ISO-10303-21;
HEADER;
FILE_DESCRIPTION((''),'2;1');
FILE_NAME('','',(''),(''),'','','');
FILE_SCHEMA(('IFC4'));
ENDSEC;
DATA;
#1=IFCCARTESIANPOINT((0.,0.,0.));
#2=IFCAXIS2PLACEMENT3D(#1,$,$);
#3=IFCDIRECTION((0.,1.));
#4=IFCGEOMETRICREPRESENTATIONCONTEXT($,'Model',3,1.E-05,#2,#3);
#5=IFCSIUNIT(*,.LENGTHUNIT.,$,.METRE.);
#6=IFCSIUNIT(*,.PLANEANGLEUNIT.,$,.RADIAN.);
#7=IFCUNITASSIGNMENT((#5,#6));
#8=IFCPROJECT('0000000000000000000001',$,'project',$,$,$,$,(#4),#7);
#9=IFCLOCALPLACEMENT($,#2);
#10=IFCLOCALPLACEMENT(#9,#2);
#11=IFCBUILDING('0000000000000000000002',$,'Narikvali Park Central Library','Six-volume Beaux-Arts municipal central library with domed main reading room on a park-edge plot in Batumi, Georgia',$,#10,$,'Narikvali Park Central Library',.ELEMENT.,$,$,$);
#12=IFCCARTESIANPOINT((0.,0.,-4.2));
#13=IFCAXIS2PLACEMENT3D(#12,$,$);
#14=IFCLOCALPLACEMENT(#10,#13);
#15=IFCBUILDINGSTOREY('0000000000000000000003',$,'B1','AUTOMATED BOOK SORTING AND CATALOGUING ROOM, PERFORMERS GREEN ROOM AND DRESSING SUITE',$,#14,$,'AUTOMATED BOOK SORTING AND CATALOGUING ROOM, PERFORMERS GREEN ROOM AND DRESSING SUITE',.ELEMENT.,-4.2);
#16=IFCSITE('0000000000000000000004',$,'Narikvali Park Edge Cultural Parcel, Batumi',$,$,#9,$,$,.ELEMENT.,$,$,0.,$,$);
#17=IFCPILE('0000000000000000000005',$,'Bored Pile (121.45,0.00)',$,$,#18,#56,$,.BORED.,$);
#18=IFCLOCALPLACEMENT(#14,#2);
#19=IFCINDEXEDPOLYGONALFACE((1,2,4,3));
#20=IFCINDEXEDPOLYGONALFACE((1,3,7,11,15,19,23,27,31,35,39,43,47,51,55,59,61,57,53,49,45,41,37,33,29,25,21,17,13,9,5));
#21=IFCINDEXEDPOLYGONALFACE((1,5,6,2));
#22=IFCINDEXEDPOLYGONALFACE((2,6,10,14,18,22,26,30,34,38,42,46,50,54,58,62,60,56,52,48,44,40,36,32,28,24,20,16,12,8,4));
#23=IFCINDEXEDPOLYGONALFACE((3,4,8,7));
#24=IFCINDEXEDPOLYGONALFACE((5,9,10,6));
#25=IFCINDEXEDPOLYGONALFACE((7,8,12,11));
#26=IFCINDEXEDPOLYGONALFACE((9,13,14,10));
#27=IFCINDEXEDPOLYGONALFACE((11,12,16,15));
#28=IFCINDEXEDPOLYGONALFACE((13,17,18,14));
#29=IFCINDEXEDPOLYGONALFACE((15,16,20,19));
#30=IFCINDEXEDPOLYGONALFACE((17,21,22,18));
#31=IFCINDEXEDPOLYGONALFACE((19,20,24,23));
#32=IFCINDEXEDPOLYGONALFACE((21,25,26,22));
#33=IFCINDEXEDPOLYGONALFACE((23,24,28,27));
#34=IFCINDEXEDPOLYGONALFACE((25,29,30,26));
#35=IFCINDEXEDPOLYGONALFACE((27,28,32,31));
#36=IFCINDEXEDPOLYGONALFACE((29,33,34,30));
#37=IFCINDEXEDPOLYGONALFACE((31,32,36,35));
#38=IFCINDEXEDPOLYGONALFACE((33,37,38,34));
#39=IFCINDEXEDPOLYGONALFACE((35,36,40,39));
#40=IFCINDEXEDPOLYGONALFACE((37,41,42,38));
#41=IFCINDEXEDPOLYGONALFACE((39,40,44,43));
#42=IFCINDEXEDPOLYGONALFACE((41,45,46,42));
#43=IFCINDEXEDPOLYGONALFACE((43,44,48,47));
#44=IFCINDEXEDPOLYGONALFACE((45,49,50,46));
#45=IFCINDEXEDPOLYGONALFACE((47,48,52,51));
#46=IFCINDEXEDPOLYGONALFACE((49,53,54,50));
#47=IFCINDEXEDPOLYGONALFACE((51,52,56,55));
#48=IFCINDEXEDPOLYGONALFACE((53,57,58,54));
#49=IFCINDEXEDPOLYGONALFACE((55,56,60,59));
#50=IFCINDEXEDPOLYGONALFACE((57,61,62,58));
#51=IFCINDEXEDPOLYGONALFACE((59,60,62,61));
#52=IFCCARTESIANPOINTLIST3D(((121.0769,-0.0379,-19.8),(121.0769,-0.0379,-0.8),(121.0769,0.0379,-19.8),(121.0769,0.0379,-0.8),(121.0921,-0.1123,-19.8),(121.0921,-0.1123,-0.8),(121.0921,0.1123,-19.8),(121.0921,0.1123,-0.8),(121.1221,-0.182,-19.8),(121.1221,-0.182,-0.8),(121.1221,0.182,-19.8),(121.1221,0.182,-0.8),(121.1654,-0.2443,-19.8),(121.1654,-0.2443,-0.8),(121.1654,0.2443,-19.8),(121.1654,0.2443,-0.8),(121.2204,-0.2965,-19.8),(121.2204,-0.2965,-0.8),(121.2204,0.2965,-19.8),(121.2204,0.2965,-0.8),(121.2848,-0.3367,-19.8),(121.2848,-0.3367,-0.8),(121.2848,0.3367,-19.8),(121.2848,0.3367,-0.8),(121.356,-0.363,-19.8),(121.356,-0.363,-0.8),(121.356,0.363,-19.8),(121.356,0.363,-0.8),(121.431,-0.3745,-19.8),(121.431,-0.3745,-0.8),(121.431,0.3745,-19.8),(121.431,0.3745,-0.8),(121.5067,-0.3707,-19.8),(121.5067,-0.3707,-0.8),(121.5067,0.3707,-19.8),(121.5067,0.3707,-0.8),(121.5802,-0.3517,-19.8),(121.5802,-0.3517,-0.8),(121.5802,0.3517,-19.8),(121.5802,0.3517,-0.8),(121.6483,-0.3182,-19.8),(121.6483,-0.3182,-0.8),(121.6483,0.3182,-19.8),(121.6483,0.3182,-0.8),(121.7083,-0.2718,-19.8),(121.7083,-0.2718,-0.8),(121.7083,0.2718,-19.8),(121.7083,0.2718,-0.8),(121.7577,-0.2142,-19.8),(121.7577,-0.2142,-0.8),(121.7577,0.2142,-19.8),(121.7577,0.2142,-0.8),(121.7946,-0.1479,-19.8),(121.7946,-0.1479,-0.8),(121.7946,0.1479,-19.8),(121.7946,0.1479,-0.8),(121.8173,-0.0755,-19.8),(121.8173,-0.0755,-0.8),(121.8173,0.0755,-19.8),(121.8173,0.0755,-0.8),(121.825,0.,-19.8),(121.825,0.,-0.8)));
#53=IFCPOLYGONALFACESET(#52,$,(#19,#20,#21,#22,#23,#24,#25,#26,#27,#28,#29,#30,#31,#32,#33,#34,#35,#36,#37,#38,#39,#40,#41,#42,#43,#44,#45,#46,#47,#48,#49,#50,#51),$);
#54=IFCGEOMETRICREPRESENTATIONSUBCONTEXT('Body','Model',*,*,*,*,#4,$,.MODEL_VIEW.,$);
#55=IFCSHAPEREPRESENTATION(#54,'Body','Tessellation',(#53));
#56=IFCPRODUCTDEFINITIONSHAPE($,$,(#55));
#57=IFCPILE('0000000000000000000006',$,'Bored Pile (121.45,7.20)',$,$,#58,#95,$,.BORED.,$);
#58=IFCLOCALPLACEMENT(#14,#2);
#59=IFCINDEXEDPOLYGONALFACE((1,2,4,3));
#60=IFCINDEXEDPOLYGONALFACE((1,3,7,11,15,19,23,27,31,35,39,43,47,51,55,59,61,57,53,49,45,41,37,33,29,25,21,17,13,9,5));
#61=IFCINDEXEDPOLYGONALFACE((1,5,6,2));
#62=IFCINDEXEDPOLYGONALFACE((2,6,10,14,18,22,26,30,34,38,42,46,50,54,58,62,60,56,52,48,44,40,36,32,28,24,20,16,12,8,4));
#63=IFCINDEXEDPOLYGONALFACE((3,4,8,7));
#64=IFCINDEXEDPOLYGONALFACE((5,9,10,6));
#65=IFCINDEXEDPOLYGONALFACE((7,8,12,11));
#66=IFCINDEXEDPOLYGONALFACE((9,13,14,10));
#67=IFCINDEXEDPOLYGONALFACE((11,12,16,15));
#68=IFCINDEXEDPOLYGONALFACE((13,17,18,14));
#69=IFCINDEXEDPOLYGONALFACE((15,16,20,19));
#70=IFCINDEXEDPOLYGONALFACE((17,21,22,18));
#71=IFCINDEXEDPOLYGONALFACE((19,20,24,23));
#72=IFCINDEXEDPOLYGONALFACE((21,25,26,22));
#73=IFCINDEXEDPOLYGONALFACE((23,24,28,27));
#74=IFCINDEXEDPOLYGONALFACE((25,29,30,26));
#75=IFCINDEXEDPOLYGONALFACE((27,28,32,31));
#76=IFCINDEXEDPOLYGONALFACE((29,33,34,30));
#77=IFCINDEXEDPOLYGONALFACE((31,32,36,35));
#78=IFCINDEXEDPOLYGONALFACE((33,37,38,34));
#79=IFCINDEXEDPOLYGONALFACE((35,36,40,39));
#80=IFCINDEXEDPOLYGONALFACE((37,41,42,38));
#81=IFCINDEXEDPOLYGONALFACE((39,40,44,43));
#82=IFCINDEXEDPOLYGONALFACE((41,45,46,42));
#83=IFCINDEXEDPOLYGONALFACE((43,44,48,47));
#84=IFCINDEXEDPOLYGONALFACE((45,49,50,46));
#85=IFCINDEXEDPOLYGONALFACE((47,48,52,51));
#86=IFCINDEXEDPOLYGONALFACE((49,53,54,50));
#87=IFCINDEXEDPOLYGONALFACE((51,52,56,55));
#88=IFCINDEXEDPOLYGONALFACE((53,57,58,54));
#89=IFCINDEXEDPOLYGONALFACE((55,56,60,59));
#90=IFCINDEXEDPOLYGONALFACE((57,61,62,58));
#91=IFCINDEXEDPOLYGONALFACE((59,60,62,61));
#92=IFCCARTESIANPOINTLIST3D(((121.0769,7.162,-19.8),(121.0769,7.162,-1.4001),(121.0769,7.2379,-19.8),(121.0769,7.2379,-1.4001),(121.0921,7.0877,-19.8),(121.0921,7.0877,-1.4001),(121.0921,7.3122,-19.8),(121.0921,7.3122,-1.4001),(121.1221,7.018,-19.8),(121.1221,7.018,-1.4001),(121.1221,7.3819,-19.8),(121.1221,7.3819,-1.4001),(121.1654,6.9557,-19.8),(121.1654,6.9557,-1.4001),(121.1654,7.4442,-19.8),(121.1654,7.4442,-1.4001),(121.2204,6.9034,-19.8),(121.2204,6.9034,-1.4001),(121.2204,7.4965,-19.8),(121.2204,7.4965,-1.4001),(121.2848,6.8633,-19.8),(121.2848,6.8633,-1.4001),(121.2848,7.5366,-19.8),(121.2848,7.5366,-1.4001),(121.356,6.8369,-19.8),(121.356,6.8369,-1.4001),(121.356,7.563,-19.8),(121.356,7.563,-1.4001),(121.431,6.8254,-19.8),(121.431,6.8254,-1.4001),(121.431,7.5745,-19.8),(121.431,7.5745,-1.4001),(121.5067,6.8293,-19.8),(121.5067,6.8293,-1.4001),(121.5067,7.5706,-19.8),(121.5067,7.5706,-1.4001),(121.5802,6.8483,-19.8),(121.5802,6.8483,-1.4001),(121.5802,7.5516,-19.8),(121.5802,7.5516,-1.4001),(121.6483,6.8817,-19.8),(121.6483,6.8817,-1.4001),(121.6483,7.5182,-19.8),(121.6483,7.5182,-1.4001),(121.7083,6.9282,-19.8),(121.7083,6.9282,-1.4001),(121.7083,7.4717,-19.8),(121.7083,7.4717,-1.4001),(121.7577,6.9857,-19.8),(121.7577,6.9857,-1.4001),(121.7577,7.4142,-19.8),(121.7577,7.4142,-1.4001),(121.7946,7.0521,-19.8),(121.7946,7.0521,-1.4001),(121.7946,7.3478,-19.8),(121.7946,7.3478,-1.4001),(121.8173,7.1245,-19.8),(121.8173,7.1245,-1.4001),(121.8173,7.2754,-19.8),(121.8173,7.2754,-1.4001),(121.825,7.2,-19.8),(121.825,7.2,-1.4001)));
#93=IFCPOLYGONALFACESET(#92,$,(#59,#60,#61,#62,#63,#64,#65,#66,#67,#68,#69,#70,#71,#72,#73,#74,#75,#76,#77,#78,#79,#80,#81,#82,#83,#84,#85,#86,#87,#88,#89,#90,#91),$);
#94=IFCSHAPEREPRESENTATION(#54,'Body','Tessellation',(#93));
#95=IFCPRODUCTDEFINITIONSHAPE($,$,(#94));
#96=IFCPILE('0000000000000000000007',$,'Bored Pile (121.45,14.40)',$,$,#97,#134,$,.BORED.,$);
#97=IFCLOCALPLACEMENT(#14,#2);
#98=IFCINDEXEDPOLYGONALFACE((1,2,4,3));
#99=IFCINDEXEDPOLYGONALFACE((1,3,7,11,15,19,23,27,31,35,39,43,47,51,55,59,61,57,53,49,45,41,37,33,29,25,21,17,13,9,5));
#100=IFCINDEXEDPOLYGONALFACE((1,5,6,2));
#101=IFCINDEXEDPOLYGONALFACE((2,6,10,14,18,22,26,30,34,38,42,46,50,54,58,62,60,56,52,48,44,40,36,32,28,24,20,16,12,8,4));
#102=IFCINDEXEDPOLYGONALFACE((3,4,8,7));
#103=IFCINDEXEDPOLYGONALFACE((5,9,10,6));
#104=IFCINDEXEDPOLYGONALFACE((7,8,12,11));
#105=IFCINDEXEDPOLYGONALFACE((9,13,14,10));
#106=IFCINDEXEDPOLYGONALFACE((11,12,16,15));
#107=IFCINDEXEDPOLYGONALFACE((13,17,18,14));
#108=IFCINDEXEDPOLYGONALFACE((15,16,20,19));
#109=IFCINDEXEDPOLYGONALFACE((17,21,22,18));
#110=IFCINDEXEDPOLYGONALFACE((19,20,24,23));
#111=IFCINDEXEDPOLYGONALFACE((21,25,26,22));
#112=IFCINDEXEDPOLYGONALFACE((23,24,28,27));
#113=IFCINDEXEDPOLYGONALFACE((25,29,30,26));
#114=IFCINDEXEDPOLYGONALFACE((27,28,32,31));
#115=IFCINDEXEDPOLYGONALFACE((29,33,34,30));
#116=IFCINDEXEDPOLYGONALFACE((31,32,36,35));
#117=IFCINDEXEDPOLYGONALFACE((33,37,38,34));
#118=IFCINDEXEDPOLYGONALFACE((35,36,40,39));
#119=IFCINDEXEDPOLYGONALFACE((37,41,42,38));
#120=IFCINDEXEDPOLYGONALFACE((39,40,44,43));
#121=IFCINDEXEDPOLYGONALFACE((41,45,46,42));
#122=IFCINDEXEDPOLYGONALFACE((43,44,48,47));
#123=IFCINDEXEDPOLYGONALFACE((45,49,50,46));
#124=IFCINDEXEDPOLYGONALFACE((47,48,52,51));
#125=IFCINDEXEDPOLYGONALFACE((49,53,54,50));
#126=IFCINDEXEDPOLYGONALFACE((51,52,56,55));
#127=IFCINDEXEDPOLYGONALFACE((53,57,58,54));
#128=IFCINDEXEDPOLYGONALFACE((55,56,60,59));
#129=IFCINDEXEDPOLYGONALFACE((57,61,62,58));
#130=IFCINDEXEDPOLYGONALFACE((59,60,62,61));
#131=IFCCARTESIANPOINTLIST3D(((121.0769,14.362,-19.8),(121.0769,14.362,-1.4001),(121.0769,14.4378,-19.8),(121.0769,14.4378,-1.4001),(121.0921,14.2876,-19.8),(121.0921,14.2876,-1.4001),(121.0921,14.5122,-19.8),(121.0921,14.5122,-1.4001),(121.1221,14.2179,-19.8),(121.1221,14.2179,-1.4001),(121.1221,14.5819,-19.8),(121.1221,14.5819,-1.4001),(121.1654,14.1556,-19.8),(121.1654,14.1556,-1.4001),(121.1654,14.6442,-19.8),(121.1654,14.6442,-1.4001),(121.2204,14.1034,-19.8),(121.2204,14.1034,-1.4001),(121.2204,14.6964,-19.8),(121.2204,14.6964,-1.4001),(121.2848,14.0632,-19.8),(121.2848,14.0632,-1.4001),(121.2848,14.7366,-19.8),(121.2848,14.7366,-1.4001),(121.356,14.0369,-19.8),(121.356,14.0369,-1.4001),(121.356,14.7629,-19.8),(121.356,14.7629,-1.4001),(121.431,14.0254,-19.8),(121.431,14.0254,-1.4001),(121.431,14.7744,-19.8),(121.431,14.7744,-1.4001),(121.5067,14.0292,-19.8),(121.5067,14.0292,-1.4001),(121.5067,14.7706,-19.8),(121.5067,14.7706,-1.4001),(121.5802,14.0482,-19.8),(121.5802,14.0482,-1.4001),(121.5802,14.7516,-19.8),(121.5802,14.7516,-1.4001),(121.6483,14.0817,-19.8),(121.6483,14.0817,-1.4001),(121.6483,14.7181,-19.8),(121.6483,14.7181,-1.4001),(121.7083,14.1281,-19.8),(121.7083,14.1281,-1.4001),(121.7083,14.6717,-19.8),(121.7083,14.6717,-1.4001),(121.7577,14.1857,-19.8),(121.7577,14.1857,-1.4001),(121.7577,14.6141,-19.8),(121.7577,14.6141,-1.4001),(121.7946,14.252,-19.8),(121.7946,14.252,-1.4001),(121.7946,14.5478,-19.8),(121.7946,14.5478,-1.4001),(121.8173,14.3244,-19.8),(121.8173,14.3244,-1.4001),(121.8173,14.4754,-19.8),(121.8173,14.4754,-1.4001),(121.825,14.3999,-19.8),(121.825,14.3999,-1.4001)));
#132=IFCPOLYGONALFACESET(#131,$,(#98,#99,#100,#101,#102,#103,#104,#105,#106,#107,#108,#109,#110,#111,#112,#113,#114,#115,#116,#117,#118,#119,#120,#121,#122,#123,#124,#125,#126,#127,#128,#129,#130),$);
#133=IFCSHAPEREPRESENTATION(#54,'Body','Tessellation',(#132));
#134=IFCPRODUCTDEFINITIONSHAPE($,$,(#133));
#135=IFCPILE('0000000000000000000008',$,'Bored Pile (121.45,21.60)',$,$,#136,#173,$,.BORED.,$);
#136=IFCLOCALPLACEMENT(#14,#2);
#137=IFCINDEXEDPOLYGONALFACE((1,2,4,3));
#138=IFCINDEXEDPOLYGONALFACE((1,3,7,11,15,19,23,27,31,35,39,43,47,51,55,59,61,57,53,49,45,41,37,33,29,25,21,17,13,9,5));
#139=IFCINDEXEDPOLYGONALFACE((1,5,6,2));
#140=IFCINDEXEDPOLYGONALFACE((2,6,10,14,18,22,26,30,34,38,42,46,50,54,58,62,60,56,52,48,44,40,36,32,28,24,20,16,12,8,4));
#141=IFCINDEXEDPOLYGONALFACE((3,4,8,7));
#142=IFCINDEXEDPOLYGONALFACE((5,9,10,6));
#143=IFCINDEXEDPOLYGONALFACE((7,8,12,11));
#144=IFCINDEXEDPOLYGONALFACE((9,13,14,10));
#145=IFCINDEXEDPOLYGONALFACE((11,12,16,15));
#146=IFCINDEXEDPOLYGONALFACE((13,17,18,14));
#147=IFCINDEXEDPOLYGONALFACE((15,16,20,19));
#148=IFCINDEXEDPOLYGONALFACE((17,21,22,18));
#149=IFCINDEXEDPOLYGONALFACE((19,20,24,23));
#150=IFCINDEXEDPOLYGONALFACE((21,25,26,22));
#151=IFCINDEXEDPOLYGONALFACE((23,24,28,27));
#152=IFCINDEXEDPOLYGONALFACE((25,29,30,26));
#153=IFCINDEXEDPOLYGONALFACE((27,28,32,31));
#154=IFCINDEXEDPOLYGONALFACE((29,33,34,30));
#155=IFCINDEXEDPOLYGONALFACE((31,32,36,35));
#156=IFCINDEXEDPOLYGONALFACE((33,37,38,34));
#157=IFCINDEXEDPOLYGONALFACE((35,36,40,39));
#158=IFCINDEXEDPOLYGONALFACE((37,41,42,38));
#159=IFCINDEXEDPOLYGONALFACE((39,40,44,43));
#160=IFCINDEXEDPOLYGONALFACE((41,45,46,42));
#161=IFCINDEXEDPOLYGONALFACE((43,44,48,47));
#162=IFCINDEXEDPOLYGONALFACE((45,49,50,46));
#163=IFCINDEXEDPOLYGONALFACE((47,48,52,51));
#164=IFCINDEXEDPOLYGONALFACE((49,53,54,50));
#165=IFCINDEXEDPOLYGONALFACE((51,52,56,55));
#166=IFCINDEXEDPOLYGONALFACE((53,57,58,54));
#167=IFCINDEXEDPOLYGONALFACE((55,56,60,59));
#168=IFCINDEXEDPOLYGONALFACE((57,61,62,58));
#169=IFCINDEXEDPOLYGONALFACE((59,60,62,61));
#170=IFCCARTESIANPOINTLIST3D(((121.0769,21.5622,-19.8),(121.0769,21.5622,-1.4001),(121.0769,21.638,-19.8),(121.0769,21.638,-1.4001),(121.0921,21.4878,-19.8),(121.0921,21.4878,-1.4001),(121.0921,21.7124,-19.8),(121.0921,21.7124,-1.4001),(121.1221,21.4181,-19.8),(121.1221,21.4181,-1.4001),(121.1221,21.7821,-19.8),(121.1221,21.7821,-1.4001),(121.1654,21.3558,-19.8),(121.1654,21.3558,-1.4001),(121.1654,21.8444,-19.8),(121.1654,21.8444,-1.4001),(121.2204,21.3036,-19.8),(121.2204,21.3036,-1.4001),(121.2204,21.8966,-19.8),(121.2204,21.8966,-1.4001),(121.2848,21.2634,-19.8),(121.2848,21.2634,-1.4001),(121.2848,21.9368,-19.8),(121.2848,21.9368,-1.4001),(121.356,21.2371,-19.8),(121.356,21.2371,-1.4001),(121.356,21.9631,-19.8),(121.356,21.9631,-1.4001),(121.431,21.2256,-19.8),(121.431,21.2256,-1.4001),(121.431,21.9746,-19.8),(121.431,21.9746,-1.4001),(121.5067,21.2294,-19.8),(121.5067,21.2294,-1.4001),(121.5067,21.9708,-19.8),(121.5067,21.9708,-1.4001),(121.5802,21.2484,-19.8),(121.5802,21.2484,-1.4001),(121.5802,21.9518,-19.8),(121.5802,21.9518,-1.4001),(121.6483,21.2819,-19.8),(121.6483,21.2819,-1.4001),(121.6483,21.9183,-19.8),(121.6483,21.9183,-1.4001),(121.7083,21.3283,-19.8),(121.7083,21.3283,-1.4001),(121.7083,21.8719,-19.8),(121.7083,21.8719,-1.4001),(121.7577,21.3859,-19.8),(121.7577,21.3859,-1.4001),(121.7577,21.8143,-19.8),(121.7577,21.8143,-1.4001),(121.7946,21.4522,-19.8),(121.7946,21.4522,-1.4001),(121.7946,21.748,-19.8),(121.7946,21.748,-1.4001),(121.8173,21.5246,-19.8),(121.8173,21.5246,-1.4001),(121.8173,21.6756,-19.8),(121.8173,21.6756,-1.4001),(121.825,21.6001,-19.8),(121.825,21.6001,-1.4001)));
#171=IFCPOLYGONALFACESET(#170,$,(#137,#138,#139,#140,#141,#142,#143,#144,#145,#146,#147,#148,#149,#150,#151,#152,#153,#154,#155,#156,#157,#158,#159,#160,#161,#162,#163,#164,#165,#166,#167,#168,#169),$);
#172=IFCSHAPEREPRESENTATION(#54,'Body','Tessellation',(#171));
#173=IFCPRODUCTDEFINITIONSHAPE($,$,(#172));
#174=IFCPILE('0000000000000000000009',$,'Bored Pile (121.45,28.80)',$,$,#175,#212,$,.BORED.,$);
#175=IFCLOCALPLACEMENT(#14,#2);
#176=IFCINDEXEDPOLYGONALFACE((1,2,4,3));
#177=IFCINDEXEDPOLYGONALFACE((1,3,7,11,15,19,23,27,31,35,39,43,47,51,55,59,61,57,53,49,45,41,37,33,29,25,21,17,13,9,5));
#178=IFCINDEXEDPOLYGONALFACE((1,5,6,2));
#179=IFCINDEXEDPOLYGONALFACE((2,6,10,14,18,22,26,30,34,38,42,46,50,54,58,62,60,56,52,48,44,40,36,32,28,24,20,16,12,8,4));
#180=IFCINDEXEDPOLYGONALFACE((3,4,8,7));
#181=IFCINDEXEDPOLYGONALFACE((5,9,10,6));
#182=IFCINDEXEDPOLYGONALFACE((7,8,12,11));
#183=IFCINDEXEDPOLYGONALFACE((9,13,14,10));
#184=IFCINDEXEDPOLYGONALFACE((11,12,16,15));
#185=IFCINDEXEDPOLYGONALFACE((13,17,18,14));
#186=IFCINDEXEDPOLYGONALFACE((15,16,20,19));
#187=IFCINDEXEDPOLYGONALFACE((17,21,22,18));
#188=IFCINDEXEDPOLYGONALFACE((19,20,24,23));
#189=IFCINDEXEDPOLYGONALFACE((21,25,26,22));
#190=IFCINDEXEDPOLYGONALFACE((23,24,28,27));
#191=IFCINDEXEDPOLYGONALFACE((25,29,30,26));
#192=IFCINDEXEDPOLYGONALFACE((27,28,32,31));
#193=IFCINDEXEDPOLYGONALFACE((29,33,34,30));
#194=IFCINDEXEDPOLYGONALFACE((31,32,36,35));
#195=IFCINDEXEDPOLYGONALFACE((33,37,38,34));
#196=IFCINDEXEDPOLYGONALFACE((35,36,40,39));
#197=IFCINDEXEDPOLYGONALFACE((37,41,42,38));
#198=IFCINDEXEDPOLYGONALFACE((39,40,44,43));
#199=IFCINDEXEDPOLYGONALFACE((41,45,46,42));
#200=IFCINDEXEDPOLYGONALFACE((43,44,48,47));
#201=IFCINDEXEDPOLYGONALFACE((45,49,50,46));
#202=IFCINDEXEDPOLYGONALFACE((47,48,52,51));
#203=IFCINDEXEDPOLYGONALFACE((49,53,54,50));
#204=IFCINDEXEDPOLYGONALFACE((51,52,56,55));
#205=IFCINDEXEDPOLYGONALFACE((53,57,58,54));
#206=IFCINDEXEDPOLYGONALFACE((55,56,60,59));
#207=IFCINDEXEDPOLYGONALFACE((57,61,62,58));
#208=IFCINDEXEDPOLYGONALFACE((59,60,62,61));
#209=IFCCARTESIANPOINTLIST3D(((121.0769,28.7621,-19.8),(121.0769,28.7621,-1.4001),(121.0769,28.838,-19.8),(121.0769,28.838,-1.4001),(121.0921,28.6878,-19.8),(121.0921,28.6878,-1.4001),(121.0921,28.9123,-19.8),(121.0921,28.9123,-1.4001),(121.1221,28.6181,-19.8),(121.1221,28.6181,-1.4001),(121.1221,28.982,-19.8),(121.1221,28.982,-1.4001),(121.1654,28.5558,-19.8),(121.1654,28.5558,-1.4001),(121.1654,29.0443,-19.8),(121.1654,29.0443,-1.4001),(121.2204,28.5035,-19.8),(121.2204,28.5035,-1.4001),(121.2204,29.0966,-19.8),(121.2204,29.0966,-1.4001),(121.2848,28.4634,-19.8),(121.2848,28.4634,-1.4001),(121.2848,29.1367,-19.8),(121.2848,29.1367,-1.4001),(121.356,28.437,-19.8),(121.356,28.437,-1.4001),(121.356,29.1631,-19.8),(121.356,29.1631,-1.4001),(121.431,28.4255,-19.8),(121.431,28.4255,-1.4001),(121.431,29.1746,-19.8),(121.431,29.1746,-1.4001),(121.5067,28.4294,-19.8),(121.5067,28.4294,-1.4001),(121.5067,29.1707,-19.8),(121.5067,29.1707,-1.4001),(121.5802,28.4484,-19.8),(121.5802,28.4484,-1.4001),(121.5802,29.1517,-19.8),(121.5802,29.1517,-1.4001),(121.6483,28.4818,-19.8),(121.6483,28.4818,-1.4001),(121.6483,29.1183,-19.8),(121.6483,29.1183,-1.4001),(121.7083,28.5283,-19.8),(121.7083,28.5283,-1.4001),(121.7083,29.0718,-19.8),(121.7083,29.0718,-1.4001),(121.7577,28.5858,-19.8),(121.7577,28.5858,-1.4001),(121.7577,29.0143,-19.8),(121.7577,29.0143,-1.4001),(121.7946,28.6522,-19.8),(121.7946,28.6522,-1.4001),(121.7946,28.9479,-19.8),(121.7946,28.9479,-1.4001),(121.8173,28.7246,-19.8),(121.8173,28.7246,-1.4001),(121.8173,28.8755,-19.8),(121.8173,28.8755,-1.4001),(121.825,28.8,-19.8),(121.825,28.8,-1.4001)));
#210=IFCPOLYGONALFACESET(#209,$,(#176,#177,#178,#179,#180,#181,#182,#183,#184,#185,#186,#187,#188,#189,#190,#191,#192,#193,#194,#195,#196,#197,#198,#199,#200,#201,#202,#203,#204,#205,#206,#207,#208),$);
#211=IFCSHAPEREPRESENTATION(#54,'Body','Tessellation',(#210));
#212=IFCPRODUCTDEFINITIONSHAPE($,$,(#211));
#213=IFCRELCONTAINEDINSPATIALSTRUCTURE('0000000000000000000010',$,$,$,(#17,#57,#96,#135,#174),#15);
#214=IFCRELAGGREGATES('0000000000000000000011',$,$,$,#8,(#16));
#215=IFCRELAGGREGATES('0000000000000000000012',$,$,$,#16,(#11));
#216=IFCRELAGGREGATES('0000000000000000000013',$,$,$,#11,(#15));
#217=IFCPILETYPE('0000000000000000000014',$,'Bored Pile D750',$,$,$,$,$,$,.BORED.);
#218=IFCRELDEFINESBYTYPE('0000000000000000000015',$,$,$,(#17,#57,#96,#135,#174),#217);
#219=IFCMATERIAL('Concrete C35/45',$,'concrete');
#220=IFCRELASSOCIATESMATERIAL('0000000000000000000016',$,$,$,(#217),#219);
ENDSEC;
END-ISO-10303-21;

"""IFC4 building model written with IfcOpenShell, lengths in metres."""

from ifc_helpers import new_model, si_unit, direction, frame, origin, origin_2d, place, context, subcontext, project, spatial, circle, extrude, material, material_profile, profile_set, type_object, element, save


model = new_model("IFC4")

# Units and contexts
model_context = context("Model", 3, precision=1e-05, world=origin(), true_north=direction((0.0, 1.0)))
body_context = subcontext(model_context, "Body", "Model", "MODEL_VIEW")
ifc_project = project(units=[si_unit("LENGTHUNIT", "METRE"), si_unit("PLANEANGLEUNIT", "RADIAN")], contexts=[model_context])

# Site, building, storey
site_placement = place(None, origin())
site = spatial("IfcSite", under=ifc_project, at=site_placement, Name="Narikvali Park Edge Cultural Parcel, Batumi", CompositionType="ELEMENT", RefElevation=0.0)
building_placement = place(site_placement, origin())
building = spatial("IfcBuilding", under=site, at=building_placement, Name="Narikvali Park Central Library", Description="Six-volume Beaux-Arts municipal central library with domed main reading room on a park-edge plot in Batumi, Georgia", LongName="Narikvali Park Central Library", CompositionType="ELEMENT")
storey_placement = place(building_placement, frame((0.0, 0.0, -4.2)))
storey = spatial("IfcBuildingStorey", under=building, at=storey_placement, Name="B1", Description="AUTOMATED BOOK SORTING AND CATALOGUING ROOM, PERFORMERS GREEN ROOM AND DRESSING SUITE", LongName="AUTOMATED BOOK SORTING AND CATALOGUING ROOM, PERFORMERS GREEN ROOM AND DRESSING SUITE", CompositionType="ELEMENT", Elevation=-4.2)

# Piles
ifc_material_1 = material(Name="Concrete C35/45", Category="concrete")
ifc_material_profile_1 = material_profile(ifc_material_1, circle(Radius=0.375, at=origin_2d()), Name="PILE D750")
ifc_profile_set_1 = profile_set([ifc_material_profile_1], Name="Concrete C35/45")
pile_type_1 = type_object("IfcPileType", Name="Bored Pile D750", PredefinedType="BORED", material=ifc_profile_set_1)
pile_placement = place(storey_placement, frame((121.45, 0.0, -0.8), z_axis=(0.0, 0.0, -1.0), x_axis=(1.0, 0.0, 0.0)))
element("IfcPile", 1, at=pile_placement, inside=storey, type_object=pile_type_1, Name="Bored Pile (121.45,0.00)", PredefinedType="BORED", context=body_context, shape_type="SweptSolid", body=[
    extrude(circle(Radius=0.375, at=origin_2d()), origin(), (0.0, 0.0, 1.0), 19.0),
])
for number, where, z_axis, x_axis, name in (
    (2, (121.45, 7.2, -1.4001), (0.0, 0.0, -1.0), (1.0, 0.0, 0.0), "Bored Pile (121.45,7.20)"),
    (3, (121.45, 14.3999, -1.4001), (0.0, 0.0, -1.0), (1.0, 0.0, 0.0), "Bored Pile (121.45,14.40)"),
    (4, (121.45, 21.6001, -1.4001), (0.0, 0.0, -1.0), (1.0, 0.0, 0.0), "Bored Pile (121.45,21.60)"),
    (5, (121.45, 28.8, -1.4001), (0.0, 0.0, -1.0), (1.0, 0.0, 0.0), "Bored Pile (121.45,28.80)"),
):
    element("IfcPile", number, at=place(storey_placement, frame(where, z_axis=z_axis, x_axis=x_axis)), inside=storey, type_object=pile_type_1, Name=name, PredefinedType="BORED", context=body_context, shape_type="SweptSolid", body=[
        extrude(circle(Radius=0.375, at=origin_2d()), origin(), (0.0, 0.0, 1.0), 18.3999),
    ])

save(model, "model.ifc")
